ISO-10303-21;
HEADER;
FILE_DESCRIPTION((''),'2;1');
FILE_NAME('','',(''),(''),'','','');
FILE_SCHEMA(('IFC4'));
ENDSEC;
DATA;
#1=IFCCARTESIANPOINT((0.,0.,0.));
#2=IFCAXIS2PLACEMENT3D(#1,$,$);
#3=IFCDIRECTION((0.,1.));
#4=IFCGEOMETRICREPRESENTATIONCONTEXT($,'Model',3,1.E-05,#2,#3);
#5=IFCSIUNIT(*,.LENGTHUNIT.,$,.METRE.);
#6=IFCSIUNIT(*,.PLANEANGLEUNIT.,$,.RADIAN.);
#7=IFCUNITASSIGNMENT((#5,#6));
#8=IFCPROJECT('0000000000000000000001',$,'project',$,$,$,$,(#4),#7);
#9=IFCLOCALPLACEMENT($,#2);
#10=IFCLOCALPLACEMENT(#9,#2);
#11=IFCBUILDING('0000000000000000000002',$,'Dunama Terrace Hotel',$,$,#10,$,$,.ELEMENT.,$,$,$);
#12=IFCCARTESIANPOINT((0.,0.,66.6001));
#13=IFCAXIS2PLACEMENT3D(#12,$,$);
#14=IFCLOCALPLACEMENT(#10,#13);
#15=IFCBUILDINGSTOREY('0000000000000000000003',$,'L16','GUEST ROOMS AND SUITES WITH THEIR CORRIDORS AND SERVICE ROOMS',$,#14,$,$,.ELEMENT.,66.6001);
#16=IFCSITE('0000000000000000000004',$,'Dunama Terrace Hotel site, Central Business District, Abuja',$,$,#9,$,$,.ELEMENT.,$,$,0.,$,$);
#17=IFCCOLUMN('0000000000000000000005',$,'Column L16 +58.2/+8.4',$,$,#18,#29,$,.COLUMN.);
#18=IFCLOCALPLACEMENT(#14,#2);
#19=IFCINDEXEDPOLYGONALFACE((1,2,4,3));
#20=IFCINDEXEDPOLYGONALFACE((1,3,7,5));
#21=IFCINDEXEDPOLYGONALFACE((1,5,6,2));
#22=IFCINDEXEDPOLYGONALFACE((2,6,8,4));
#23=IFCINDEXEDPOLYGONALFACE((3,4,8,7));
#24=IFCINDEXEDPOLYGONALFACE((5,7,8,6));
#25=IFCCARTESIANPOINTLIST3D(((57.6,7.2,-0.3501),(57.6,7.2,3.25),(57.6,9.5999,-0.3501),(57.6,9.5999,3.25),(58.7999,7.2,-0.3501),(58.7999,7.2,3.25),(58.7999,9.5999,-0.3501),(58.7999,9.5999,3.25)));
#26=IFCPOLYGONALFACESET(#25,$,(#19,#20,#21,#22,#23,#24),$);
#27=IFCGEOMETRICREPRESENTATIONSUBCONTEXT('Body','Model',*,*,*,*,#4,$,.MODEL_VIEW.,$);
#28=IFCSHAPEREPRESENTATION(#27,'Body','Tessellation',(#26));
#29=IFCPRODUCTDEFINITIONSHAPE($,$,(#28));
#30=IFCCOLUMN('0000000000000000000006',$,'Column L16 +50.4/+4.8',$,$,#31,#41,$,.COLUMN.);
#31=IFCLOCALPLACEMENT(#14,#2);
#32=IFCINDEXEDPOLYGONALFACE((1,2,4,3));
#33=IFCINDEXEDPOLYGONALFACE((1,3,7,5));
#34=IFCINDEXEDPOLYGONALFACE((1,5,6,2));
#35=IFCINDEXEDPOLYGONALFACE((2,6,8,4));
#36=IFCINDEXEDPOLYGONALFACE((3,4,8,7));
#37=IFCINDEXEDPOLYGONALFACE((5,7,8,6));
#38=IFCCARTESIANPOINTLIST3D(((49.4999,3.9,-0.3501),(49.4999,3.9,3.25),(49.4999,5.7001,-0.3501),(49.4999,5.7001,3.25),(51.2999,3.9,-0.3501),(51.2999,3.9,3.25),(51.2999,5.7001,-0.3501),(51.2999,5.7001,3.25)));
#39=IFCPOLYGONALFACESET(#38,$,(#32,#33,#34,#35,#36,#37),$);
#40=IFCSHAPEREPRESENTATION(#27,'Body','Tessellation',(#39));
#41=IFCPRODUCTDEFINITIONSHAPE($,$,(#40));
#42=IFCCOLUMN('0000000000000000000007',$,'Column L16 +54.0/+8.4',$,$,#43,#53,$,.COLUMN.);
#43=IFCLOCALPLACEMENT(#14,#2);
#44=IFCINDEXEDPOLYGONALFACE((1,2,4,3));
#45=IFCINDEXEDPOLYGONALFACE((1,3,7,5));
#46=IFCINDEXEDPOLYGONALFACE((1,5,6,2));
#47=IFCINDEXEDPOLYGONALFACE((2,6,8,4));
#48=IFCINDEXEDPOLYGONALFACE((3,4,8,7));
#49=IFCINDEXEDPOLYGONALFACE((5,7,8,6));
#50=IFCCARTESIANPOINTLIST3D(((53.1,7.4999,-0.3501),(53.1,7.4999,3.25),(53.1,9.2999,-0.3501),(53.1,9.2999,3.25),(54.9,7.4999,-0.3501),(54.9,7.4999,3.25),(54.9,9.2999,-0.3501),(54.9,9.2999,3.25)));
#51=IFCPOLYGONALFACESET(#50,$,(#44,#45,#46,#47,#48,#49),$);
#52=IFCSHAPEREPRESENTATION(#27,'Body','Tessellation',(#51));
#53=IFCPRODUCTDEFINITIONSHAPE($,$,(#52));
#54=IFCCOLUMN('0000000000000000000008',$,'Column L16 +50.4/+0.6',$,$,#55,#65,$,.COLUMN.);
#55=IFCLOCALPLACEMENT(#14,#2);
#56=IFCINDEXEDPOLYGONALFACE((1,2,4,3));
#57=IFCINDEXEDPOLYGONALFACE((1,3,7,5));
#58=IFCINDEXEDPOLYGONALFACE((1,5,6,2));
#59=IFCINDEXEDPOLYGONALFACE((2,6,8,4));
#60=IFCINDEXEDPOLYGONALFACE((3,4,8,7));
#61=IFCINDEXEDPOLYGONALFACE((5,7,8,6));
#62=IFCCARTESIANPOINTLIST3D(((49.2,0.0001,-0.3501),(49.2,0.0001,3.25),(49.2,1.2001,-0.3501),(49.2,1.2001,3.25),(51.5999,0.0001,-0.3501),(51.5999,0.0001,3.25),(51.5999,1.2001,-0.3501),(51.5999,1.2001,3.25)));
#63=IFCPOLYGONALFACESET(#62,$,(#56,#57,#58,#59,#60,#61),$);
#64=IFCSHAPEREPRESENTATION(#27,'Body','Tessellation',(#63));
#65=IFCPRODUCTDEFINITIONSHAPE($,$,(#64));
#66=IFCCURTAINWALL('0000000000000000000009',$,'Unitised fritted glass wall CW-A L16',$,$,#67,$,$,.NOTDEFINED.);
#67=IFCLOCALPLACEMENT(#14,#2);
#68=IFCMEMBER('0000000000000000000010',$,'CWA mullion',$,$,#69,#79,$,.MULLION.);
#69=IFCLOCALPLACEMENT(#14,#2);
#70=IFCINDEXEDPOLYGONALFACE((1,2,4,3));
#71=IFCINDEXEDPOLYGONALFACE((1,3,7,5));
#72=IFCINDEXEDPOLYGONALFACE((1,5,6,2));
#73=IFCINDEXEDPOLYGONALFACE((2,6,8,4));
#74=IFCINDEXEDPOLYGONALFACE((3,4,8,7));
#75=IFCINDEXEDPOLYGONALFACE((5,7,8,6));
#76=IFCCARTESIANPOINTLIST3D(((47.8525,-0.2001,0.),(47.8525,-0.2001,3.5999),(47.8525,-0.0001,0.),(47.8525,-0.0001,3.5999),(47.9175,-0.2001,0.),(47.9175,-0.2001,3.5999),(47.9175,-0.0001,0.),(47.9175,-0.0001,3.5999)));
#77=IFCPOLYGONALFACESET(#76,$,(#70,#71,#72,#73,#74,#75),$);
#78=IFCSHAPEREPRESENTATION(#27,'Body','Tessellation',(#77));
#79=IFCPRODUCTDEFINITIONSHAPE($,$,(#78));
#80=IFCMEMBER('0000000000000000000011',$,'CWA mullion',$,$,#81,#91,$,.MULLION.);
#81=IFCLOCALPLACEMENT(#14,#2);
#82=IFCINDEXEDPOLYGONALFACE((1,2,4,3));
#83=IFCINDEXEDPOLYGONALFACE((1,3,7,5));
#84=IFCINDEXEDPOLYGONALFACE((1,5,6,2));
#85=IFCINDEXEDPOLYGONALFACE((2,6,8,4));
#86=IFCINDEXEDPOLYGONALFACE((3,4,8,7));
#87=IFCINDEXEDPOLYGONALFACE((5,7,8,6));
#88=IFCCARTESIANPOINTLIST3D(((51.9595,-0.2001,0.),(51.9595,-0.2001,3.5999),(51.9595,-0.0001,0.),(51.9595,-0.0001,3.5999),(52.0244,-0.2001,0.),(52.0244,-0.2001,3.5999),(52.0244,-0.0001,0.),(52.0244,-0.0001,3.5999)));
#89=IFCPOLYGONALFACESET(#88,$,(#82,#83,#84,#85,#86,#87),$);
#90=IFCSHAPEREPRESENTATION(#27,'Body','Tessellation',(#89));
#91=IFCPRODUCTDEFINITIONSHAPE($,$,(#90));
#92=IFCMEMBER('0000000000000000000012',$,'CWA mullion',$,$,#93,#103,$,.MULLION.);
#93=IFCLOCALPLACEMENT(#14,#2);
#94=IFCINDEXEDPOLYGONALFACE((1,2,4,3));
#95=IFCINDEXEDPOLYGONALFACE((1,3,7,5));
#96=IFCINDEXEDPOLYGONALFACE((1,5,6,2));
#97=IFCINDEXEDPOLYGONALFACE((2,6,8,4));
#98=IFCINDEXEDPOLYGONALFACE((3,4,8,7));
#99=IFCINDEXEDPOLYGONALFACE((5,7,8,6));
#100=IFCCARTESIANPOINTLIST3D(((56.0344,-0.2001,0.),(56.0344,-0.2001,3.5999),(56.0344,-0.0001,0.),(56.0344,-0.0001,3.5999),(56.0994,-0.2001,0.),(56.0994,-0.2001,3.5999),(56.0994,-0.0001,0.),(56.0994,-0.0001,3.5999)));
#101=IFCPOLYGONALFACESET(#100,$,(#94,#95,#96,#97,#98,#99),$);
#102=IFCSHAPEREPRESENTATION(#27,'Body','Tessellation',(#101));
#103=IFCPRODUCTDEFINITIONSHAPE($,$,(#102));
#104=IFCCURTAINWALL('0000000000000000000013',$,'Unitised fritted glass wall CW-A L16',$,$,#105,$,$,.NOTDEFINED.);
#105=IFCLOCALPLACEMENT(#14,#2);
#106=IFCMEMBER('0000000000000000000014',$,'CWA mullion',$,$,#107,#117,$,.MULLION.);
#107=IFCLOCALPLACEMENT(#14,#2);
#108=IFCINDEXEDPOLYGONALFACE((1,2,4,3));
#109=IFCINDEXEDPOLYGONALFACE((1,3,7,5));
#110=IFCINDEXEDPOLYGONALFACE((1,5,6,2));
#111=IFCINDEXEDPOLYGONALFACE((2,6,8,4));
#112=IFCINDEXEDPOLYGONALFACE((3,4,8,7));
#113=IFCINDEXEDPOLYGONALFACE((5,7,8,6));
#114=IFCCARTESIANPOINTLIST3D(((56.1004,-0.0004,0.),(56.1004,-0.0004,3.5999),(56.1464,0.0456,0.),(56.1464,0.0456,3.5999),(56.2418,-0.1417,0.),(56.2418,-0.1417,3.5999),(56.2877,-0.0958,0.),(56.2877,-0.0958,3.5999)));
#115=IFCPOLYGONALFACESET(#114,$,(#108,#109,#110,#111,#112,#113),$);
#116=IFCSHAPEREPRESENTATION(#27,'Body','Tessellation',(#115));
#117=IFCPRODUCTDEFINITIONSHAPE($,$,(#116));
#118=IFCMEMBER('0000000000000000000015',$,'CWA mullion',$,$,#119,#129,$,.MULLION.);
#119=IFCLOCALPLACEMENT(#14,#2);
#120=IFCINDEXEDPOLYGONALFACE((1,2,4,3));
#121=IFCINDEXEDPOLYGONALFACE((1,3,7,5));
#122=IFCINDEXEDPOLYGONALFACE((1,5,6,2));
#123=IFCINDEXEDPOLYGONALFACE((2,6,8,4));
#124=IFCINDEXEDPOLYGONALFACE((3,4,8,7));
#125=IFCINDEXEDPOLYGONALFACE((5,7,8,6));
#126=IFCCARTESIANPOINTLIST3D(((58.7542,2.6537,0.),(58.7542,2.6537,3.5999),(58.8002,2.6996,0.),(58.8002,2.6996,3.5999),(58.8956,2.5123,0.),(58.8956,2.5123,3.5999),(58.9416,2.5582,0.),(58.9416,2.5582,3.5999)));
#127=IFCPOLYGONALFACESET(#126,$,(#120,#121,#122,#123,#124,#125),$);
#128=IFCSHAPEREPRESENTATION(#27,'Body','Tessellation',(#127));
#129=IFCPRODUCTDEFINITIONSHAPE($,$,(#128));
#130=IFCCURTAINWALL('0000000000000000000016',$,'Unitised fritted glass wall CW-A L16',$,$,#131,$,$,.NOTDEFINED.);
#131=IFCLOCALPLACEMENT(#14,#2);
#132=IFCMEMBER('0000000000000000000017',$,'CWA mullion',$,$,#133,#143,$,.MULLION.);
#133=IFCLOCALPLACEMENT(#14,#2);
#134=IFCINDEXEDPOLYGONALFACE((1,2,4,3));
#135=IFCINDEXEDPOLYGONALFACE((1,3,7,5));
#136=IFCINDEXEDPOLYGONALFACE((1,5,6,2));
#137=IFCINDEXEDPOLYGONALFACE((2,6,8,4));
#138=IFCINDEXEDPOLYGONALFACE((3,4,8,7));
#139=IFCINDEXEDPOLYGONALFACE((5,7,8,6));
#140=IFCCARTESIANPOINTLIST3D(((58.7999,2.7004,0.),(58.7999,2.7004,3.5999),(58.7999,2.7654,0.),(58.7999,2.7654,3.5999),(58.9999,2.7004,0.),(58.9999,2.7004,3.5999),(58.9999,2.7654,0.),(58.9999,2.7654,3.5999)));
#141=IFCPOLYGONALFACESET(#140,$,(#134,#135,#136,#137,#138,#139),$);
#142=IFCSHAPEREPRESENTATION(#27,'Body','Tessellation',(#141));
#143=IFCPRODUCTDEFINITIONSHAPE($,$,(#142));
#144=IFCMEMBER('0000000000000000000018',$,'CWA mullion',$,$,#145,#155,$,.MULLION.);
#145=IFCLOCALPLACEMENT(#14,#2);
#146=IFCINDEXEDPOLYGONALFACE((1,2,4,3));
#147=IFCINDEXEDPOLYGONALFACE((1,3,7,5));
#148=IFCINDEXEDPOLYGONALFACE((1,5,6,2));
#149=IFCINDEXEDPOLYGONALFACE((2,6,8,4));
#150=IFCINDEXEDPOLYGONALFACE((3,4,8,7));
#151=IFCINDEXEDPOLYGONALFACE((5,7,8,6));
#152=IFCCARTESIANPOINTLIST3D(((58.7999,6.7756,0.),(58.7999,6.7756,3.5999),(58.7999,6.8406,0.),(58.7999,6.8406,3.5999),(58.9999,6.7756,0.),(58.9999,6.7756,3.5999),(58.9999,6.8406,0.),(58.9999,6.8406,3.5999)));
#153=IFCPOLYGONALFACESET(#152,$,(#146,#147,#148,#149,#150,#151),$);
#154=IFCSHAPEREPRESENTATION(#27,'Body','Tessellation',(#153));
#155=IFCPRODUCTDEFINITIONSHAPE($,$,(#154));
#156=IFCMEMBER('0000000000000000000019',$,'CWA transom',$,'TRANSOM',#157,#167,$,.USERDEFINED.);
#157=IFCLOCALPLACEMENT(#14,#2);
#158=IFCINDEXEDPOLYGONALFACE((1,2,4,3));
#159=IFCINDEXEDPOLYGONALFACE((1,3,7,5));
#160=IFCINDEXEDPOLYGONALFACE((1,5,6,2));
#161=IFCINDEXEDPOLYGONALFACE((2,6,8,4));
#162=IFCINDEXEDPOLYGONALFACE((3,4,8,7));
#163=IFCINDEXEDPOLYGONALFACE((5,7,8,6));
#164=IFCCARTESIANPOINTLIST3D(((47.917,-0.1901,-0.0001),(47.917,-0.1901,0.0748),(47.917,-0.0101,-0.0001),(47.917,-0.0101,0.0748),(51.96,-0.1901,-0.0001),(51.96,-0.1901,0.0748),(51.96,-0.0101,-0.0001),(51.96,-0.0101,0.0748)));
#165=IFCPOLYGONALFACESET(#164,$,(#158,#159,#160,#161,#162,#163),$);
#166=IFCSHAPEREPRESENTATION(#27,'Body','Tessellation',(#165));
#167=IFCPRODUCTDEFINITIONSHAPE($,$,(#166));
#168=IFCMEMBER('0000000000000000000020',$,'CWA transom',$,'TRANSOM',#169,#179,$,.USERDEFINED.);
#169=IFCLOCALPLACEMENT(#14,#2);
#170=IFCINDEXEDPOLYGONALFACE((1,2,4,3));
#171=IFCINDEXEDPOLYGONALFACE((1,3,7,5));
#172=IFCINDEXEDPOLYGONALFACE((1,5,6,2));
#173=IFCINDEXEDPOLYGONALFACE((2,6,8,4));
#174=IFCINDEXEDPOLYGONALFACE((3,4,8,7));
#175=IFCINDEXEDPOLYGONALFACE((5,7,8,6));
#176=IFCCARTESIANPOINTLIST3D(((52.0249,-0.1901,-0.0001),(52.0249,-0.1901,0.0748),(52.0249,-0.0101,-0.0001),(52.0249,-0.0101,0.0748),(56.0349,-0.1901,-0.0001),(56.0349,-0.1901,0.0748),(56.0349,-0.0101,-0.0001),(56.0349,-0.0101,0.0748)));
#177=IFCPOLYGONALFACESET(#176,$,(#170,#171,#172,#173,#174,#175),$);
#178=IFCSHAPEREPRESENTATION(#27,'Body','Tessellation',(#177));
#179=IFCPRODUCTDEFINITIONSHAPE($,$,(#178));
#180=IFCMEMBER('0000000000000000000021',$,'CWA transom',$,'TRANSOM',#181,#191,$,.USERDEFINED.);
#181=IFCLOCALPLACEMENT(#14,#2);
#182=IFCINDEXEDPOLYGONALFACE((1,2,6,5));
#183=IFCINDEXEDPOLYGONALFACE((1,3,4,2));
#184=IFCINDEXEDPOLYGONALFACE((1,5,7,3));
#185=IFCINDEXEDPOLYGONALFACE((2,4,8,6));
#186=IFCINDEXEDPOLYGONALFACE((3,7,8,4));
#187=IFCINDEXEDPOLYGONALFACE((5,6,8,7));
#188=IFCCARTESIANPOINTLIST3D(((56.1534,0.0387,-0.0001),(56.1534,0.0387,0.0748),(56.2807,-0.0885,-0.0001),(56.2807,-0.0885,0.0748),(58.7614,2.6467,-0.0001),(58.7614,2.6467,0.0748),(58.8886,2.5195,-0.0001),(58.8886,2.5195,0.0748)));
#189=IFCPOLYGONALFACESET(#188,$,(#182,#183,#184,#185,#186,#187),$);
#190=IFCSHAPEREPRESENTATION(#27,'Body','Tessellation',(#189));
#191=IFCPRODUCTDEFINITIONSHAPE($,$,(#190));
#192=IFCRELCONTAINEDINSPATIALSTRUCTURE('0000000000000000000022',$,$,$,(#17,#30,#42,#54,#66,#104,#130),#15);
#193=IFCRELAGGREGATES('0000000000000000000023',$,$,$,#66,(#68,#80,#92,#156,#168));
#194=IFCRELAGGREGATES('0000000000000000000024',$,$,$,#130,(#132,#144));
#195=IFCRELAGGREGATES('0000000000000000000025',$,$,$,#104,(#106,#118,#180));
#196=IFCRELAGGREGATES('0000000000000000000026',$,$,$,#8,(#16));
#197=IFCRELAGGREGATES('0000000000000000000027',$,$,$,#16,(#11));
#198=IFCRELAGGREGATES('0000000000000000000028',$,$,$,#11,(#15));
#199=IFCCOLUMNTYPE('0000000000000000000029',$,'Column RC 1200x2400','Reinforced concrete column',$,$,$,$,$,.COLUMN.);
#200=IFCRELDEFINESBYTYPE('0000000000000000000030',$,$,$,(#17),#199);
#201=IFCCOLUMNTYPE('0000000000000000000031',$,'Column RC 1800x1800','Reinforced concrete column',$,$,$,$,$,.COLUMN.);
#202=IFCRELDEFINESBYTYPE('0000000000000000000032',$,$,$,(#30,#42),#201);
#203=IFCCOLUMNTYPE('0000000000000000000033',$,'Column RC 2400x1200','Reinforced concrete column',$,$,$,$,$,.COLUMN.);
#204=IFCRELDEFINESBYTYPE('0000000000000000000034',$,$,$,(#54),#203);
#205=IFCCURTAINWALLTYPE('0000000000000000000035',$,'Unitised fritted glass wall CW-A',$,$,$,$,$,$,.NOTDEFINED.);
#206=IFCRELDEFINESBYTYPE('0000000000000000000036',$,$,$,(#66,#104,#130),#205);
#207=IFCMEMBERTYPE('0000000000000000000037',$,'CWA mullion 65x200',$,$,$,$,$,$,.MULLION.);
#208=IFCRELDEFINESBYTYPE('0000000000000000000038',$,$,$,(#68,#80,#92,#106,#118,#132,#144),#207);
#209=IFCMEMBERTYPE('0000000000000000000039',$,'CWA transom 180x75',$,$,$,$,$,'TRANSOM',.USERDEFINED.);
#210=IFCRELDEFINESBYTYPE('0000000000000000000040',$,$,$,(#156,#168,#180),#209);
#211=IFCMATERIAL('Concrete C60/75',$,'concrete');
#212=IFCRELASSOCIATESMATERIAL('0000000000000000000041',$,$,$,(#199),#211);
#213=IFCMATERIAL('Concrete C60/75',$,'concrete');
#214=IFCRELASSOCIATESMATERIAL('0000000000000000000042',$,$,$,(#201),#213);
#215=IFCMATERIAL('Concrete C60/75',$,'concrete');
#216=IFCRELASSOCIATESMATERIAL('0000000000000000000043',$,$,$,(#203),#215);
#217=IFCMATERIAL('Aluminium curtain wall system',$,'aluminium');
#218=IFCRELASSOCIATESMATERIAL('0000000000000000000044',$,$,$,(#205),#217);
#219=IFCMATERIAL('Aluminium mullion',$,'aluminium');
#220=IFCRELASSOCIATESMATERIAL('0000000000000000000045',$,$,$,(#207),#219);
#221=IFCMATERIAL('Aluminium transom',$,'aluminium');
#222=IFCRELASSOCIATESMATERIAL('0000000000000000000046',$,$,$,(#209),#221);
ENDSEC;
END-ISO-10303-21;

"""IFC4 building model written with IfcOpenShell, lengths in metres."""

from ifc_helpers import new_model, si_unit, direction, frame, origin, origin_2d, place, context, subcontext, project, spatial, rectangle, extrude, material, material_profile, profile_set, type_object, element, aggregate, save


model = new_model("IFC4")

# Units and contexts
model_context = context("Model", 3, precision=1e-05, world=origin(), true_north=direction((0.0, 1.0)))
body_context = subcontext(model_context, "Body", "Model", "MODEL_VIEW")
ifc_project = project(units=[si_unit("LENGTHUNIT", "METRE"), si_unit("PLANEANGLEUNIT", "RADIAN")], contexts=[model_context])

# Site, building, storey
site_placement = place(None, origin())
site = spatial("IfcSite", under=ifc_project, at=site_placement, Name="Dunama Terrace Hotel site, Central Business District, Abuja", CompositionType="ELEMENT", RefElevation=0.0)
building_placement = place(site_placement, origin())
building = spatial("IfcBuilding", under=site, at=building_placement, Name="Dunama Terrace Hotel", CompositionType="ELEMENT")
storey_placement = place(building_placement, frame((0.0, 0.0, 66.6001)))
storey = spatial("IfcBuildingStorey", under=building, at=storey_placement, Name="L16", Description="GUEST ROOMS AND SUITES WITH THEIR CORRIDORS AND SERVICE ROOMS", CompositionType="ELEMENT", Elevation=66.6001)

# Columns
ifc_material_1 = material(Name="Concrete C60/75", Category="concrete")
ifc_material_profile_1 = material_profile(ifc_material_1, rectangle(XDim=1.2, YDim=2.3999, at=origin_2d()), Name="RC 1200x2400")
ifc_profile_set_1 = profile_set([ifc_material_profile_1], Name="Concrete C60/75")
column_type_1 = type_object("IfcColumnType", Name="Column RC 1200x2400", Description="Reinforced concrete column", PredefinedType="COLUMN", material=ifc_profile_set_1)
column_1_placement = place(storey_placement, frame((58.2, 8.3999, -0.3501), z_axis=(0.0, 0.0, 1.0), x_axis=(1.0, 0.0, 0.0)))
element("IfcColumn", 1, at=column_1_placement, inside=storey, type_object=column_type_1, Name="Column L16 +58.2/+8.4", PredefinedType="COLUMN", context=body_context, shape_type="SweptSolid", body=[
    extrude(rectangle(XDim=1.2, YDim=2.3999, at=origin_2d()), origin(), (0.0, 0.0, 1.0), 3.6001),
])
ifc_material_2 = material(Name="Concrete C60/75", Category="concrete")
ifc_material_profile_2 = material_profile(ifc_material_2, rectangle(XDim=1.8, YDim=1.8, at=origin_2d()), Name="RC 1800x1800")
ifc_profile_set_2 = profile_set([ifc_material_profile_2], Name="Concrete C60/75")
column_type_2 = type_object("IfcColumnType", Name="Column RC 1800x1800", Description="Reinforced concrete column", PredefinedType="COLUMN", material=ifc_profile_set_2)
for number, where, z_axis, x_axis, name in (
    (2, (50.3999, 4.8, -0.3501), (0.0, 0.0, 1.0), (1.0, 0.0, 0.0), "Column L16 +50.4/+4.8"),
    (3, (54.0, 8.3999, -0.3501), (0.0, 0.0, 1.0), (1.0, 0.0, 0.0), "Column L16 +54.0/+8.4"),
):
    element("IfcColumn", number, at=place(storey_placement, frame(where, z_axis=z_axis, x_axis=x_axis)), inside=storey, type_object=column_type_2, Name=name, PredefinedType="COLUMN", context=body_context, shape_type="SweptSolid", body=[
        extrude(rectangle(XDim=1.8, YDim=1.8, at=origin_2d()), origin(), (0.0, 0.0, 1.0), 3.6001),
    ])
ifc_material_3 = material(Name="Concrete C60/75", Category="concrete")
ifc_material_profile_3 = material_profile(ifc_material_3, rectangle(XDim=2.3999, YDim=1.2, at=origin_2d()), Name="RC 2400x1200")
ifc_profile_set_3 = profile_set([ifc_material_profile_3], Name="Concrete C60/75")
column_type_3 = type_object("IfcColumnType", Name="Column RC 2400x1200", Description="Reinforced concrete column", PredefinedType="COLUMN", material=ifc_profile_set_3)
column_2_placement = place(storey_placement, frame((50.3999, 0.6001, -0.3501), z_axis=(0.0, 0.0, 1.0), x_axis=(1.0, 0.0, 0.0)))
element("IfcColumn", 4, at=column_2_placement, inside=storey, type_object=column_type_3, Name="Column L16 +50.4/+0.6", PredefinedType="COLUMN", context=body_context, shape_type="SweptSolid", body=[
    extrude(rectangle(XDim=2.3999, YDim=1.2, at=origin_2d()), origin(), (0.0, 0.0, 1.0), 3.6001),
])

# Curtain walls, members
ifc_material_4 = material(Name="Aluminium curtain wall system", Category="aluminium")
curtain_wall_type = type_object("IfcCurtainWallType", Name="Unitised fritted glass wall CW-A", PredefinedType="NOTDEFINED", material=ifc_material_4)
curtain_wall_1_placement = place(storey_placement, origin())
curtain_wall_1 = element("IfcCurtainWall", 5, at=curtain_wall_1_placement, inside=storey, type_object=curtain_wall_type, Name="Unitised fritted glass wall CW-A L16", PredefinedType="NOTDEFINED")
ifc_material_5 = material(Name="Aluminium mullion", Category="aluminium")
ifc_material_profile_4 = material_profile(ifc_material_5, rectangle(XDim=0.0649, YDim=0.2, at=origin_2d()), Name="CWA MULLION 65X200")
ifc_profile_set_4 = profile_set([ifc_material_profile_4], Name="Aluminium mullion")
member_type_1 = type_object("IfcMemberType", Name="CWA mullion 65x200", PredefinedType="MULLION", material=ifc_profile_set_4)
member_1_placement = place(storey_placement, frame((47.885, -0.1001, 0.0), z_axis=(0.0, 0.0, 1.0), x_axis=(1.0, 0.0, 0.0)))
member_1 = element("IfcMember", 6, at=member_1_placement, type_object=member_type_1, Name="CWA mullion", PredefinedType="MULLION", context=body_context, shape_type="SweptSolid", body=[
    extrude(rectangle(XDim=0.0649, YDim=0.2, at=origin_2d()), origin(), (0.0, 0.0, 1.0), 3.5999),
])
member_2_placement = place(storey_placement, frame((51.9919, -0.1001, 0.0), z_axis=(0.0, 0.0, 1.0), x_axis=(1.0, 0.0, 0.0)))
member_2 = element("IfcMember", 7, at=member_2_placement, type_object=member_type_1, Name="CWA mullion", PredefinedType="MULLION", context=body_context, shape_type="SweptSolid", body=[
    extrude(rectangle(XDim=0.0649, YDim=0.2, at=origin_2d()), origin(), (0.0, 0.0, 1.0), 3.5999),
])
member_3_placement = place(storey_placement, frame((56.0669, -0.1001, 0.0), z_axis=(0.0, 0.0, 1.0), x_axis=(1.0, 0.0, 0.0)))
member_3 = element("IfcMember", 8, at=member_3_placement, type_object=member_type_1, Name="CWA mullion", PredefinedType="MULLION", context=body_context, shape_type="SweptSolid", body=[
    extrude(rectangle(XDim=0.0649, YDim=0.2, at=origin_2d()), origin(), (0.0, 0.0, 1.0), 3.5999),
])
curtain_wall_2_placement = place(storey_placement, origin())
curtain_wall_2 = element("IfcCurtainWall", 9, at=curtain_wall_2_placement, inside=storey, type_object=curtain_wall_type, Name="Unitised fritted glass wall CW-A L16", PredefinedType="NOTDEFINED")
member_4_placement = place(storey_placement, frame((56.1941, -0.0481, 0.0), z_axis=(0.0, 0.0, 1.0), x_axis=(0.707107, 0.707107, 0.0)))
member_4 = element("IfcMember", 10, at=member_4_placement, type_object=member_type_1, Name="CWA mullion", PredefinedType="MULLION", context=body_context, shape_type="SweptSolid", body=[
    extrude(rectangle(XDim=0.0649, YDim=0.2, at=origin_2d()), origin(), (0.0, 0.0, 1.0), 3.5999),
])
member_5_placement = place(storey_placement, frame((58.8479, 2.606, 0.0), z_axis=(0.0, 0.0, 1.0), x_axis=(0.707107, 0.707107, 0.0)))
member_5 = element("IfcMember", 11, at=member_5_placement, type_object=member_type_1, Name="CWA mullion", PredefinedType="MULLION", context=body_context, shape_type="SweptSolid", body=[
    extrude(rectangle(XDim=0.0649, YDim=0.2, at=origin_2d()), origin(), (0.0, 0.0, 1.0), 3.5999),
])
curtain_wall_3_placement = place(storey_placement, origin())
curtain_wall_3 = element("IfcCurtainWall", 12, at=curtain_wall_3_placement, inside=storey, type_object=curtain_wall_type, Name="Unitised fritted glass wall CW-A L16", PredefinedType="NOTDEFINED")
member_6_placement = place(storey_placement, frame((58.8999, 2.7329, 0.0), z_axis=(0.0, 0.0, 1.0), x_axis=(0.0, 1.0, 0.0)))
member_6 = element("IfcMember", 13, at=member_6_placement, type_object=member_type_1, Name="CWA mullion", PredefinedType="MULLION", context=body_context, shape_type="SweptSolid", body=[
    extrude(rectangle(XDim=0.0649, YDim=0.2, at=origin_2d()), origin(), (0.0, 0.0, 1.0), 3.5999),
])
member_7_placement = place(storey_placement, frame((58.8999, 6.8081, 0.0), z_axis=(0.0, 0.0, 1.0), x_axis=(0.0, 1.0, 0.0)))
member_7 = element("IfcMember", 14, at=member_7_placement, type_object=member_type_1, Name="CWA mullion", PredefinedType="MULLION", context=body_context, shape_type="SweptSolid", body=[
    extrude(rectangle(XDim=0.0649, YDim=0.2, at=origin_2d()), origin(), (0.0, 0.0, 1.0), 3.5999),
])

# Members
ifc_material_6 = material(Name="Aluminium transom", Category="aluminium")
ifc_material_profile_5 = material_profile(ifc_material_6, rectangle(XDim=0.1799, YDim=0.075, at=origin_2d()), Name="CWA TRANSOM 180X75")
ifc_profile_set_5 = profile_set([ifc_material_profile_5], Name="Aluminium transom")
member_type_2 = type_object("IfcMemberType", Name="CWA transom 180x75", ElementType="TRANSOM", PredefinedType="USERDEFINED", material=ifc_profile_set_5)
member_8_placement = place(storey_placement, frame((47.917, -0.1001, 0.0374), z_axis=(1.0, 0.0, 0.0), x_axis=(0.0, 1.0, 0.0)))
member_8 = element("IfcMember", 15, at=member_8_placement, type_object=member_type_2, Name="CWA transom", ObjectType="TRANSOM", PredefinedType="USERDEFINED", context=body_context, shape_type="SweptSolid", body=[
    extrude(rectangle(XDim=0.1799, YDim=0.075, at=origin_2d()), origin(), (0.0, 0.0, 1.0), 4.043),
])
member_9_placement = place(storey_placement, frame((52.0249, -0.1001, 0.0374), z_axis=(1.0, 0.0, 0.0), x_axis=(0.0, 1.0, 0.0)))
member_9 = element("IfcMember", 16, at=member_9_placement, type_object=member_type_2, Name="CWA transom", ObjectType="TRANSOM", PredefinedType="USERDEFINED", context=body_context, shape_type="SweptSolid", body=[
    extrude(rectangle(XDim=0.1799, YDim=0.075, at=origin_2d()), origin(), (0.0, 0.0, 1.0), 4.01),
])
member_10_placement = place(storey_placement, frame((56.217, -0.0249, 0.0374), z_axis=(0.707107, 0.707107, 0.0), x_axis=(-0.707107, 0.707107, 0.0)))
member_10 = element("IfcMember", 17, at=member_10_placement, type_object=member_type_2, Name="CWA transom", ObjectType="TRANSOM", PredefinedType="USERDEFINED", context=body_context, shape_type="SweptSolid", body=[
    extrude(rectangle(XDim=0.1799, YDim=0.075, at=origin_2d()), origin(), (0.0, 0.0, 1.0), 3.6882),
])

aggregate(curtain_wall_1, [member_1, member_2, member_3, member_8, member_9])
aggregate(curtain_wall_3, [member_6, member_7])
aggregate(curtain_wall_2, [member_4, member_5, member_10])

save(model, "model.ifc")
